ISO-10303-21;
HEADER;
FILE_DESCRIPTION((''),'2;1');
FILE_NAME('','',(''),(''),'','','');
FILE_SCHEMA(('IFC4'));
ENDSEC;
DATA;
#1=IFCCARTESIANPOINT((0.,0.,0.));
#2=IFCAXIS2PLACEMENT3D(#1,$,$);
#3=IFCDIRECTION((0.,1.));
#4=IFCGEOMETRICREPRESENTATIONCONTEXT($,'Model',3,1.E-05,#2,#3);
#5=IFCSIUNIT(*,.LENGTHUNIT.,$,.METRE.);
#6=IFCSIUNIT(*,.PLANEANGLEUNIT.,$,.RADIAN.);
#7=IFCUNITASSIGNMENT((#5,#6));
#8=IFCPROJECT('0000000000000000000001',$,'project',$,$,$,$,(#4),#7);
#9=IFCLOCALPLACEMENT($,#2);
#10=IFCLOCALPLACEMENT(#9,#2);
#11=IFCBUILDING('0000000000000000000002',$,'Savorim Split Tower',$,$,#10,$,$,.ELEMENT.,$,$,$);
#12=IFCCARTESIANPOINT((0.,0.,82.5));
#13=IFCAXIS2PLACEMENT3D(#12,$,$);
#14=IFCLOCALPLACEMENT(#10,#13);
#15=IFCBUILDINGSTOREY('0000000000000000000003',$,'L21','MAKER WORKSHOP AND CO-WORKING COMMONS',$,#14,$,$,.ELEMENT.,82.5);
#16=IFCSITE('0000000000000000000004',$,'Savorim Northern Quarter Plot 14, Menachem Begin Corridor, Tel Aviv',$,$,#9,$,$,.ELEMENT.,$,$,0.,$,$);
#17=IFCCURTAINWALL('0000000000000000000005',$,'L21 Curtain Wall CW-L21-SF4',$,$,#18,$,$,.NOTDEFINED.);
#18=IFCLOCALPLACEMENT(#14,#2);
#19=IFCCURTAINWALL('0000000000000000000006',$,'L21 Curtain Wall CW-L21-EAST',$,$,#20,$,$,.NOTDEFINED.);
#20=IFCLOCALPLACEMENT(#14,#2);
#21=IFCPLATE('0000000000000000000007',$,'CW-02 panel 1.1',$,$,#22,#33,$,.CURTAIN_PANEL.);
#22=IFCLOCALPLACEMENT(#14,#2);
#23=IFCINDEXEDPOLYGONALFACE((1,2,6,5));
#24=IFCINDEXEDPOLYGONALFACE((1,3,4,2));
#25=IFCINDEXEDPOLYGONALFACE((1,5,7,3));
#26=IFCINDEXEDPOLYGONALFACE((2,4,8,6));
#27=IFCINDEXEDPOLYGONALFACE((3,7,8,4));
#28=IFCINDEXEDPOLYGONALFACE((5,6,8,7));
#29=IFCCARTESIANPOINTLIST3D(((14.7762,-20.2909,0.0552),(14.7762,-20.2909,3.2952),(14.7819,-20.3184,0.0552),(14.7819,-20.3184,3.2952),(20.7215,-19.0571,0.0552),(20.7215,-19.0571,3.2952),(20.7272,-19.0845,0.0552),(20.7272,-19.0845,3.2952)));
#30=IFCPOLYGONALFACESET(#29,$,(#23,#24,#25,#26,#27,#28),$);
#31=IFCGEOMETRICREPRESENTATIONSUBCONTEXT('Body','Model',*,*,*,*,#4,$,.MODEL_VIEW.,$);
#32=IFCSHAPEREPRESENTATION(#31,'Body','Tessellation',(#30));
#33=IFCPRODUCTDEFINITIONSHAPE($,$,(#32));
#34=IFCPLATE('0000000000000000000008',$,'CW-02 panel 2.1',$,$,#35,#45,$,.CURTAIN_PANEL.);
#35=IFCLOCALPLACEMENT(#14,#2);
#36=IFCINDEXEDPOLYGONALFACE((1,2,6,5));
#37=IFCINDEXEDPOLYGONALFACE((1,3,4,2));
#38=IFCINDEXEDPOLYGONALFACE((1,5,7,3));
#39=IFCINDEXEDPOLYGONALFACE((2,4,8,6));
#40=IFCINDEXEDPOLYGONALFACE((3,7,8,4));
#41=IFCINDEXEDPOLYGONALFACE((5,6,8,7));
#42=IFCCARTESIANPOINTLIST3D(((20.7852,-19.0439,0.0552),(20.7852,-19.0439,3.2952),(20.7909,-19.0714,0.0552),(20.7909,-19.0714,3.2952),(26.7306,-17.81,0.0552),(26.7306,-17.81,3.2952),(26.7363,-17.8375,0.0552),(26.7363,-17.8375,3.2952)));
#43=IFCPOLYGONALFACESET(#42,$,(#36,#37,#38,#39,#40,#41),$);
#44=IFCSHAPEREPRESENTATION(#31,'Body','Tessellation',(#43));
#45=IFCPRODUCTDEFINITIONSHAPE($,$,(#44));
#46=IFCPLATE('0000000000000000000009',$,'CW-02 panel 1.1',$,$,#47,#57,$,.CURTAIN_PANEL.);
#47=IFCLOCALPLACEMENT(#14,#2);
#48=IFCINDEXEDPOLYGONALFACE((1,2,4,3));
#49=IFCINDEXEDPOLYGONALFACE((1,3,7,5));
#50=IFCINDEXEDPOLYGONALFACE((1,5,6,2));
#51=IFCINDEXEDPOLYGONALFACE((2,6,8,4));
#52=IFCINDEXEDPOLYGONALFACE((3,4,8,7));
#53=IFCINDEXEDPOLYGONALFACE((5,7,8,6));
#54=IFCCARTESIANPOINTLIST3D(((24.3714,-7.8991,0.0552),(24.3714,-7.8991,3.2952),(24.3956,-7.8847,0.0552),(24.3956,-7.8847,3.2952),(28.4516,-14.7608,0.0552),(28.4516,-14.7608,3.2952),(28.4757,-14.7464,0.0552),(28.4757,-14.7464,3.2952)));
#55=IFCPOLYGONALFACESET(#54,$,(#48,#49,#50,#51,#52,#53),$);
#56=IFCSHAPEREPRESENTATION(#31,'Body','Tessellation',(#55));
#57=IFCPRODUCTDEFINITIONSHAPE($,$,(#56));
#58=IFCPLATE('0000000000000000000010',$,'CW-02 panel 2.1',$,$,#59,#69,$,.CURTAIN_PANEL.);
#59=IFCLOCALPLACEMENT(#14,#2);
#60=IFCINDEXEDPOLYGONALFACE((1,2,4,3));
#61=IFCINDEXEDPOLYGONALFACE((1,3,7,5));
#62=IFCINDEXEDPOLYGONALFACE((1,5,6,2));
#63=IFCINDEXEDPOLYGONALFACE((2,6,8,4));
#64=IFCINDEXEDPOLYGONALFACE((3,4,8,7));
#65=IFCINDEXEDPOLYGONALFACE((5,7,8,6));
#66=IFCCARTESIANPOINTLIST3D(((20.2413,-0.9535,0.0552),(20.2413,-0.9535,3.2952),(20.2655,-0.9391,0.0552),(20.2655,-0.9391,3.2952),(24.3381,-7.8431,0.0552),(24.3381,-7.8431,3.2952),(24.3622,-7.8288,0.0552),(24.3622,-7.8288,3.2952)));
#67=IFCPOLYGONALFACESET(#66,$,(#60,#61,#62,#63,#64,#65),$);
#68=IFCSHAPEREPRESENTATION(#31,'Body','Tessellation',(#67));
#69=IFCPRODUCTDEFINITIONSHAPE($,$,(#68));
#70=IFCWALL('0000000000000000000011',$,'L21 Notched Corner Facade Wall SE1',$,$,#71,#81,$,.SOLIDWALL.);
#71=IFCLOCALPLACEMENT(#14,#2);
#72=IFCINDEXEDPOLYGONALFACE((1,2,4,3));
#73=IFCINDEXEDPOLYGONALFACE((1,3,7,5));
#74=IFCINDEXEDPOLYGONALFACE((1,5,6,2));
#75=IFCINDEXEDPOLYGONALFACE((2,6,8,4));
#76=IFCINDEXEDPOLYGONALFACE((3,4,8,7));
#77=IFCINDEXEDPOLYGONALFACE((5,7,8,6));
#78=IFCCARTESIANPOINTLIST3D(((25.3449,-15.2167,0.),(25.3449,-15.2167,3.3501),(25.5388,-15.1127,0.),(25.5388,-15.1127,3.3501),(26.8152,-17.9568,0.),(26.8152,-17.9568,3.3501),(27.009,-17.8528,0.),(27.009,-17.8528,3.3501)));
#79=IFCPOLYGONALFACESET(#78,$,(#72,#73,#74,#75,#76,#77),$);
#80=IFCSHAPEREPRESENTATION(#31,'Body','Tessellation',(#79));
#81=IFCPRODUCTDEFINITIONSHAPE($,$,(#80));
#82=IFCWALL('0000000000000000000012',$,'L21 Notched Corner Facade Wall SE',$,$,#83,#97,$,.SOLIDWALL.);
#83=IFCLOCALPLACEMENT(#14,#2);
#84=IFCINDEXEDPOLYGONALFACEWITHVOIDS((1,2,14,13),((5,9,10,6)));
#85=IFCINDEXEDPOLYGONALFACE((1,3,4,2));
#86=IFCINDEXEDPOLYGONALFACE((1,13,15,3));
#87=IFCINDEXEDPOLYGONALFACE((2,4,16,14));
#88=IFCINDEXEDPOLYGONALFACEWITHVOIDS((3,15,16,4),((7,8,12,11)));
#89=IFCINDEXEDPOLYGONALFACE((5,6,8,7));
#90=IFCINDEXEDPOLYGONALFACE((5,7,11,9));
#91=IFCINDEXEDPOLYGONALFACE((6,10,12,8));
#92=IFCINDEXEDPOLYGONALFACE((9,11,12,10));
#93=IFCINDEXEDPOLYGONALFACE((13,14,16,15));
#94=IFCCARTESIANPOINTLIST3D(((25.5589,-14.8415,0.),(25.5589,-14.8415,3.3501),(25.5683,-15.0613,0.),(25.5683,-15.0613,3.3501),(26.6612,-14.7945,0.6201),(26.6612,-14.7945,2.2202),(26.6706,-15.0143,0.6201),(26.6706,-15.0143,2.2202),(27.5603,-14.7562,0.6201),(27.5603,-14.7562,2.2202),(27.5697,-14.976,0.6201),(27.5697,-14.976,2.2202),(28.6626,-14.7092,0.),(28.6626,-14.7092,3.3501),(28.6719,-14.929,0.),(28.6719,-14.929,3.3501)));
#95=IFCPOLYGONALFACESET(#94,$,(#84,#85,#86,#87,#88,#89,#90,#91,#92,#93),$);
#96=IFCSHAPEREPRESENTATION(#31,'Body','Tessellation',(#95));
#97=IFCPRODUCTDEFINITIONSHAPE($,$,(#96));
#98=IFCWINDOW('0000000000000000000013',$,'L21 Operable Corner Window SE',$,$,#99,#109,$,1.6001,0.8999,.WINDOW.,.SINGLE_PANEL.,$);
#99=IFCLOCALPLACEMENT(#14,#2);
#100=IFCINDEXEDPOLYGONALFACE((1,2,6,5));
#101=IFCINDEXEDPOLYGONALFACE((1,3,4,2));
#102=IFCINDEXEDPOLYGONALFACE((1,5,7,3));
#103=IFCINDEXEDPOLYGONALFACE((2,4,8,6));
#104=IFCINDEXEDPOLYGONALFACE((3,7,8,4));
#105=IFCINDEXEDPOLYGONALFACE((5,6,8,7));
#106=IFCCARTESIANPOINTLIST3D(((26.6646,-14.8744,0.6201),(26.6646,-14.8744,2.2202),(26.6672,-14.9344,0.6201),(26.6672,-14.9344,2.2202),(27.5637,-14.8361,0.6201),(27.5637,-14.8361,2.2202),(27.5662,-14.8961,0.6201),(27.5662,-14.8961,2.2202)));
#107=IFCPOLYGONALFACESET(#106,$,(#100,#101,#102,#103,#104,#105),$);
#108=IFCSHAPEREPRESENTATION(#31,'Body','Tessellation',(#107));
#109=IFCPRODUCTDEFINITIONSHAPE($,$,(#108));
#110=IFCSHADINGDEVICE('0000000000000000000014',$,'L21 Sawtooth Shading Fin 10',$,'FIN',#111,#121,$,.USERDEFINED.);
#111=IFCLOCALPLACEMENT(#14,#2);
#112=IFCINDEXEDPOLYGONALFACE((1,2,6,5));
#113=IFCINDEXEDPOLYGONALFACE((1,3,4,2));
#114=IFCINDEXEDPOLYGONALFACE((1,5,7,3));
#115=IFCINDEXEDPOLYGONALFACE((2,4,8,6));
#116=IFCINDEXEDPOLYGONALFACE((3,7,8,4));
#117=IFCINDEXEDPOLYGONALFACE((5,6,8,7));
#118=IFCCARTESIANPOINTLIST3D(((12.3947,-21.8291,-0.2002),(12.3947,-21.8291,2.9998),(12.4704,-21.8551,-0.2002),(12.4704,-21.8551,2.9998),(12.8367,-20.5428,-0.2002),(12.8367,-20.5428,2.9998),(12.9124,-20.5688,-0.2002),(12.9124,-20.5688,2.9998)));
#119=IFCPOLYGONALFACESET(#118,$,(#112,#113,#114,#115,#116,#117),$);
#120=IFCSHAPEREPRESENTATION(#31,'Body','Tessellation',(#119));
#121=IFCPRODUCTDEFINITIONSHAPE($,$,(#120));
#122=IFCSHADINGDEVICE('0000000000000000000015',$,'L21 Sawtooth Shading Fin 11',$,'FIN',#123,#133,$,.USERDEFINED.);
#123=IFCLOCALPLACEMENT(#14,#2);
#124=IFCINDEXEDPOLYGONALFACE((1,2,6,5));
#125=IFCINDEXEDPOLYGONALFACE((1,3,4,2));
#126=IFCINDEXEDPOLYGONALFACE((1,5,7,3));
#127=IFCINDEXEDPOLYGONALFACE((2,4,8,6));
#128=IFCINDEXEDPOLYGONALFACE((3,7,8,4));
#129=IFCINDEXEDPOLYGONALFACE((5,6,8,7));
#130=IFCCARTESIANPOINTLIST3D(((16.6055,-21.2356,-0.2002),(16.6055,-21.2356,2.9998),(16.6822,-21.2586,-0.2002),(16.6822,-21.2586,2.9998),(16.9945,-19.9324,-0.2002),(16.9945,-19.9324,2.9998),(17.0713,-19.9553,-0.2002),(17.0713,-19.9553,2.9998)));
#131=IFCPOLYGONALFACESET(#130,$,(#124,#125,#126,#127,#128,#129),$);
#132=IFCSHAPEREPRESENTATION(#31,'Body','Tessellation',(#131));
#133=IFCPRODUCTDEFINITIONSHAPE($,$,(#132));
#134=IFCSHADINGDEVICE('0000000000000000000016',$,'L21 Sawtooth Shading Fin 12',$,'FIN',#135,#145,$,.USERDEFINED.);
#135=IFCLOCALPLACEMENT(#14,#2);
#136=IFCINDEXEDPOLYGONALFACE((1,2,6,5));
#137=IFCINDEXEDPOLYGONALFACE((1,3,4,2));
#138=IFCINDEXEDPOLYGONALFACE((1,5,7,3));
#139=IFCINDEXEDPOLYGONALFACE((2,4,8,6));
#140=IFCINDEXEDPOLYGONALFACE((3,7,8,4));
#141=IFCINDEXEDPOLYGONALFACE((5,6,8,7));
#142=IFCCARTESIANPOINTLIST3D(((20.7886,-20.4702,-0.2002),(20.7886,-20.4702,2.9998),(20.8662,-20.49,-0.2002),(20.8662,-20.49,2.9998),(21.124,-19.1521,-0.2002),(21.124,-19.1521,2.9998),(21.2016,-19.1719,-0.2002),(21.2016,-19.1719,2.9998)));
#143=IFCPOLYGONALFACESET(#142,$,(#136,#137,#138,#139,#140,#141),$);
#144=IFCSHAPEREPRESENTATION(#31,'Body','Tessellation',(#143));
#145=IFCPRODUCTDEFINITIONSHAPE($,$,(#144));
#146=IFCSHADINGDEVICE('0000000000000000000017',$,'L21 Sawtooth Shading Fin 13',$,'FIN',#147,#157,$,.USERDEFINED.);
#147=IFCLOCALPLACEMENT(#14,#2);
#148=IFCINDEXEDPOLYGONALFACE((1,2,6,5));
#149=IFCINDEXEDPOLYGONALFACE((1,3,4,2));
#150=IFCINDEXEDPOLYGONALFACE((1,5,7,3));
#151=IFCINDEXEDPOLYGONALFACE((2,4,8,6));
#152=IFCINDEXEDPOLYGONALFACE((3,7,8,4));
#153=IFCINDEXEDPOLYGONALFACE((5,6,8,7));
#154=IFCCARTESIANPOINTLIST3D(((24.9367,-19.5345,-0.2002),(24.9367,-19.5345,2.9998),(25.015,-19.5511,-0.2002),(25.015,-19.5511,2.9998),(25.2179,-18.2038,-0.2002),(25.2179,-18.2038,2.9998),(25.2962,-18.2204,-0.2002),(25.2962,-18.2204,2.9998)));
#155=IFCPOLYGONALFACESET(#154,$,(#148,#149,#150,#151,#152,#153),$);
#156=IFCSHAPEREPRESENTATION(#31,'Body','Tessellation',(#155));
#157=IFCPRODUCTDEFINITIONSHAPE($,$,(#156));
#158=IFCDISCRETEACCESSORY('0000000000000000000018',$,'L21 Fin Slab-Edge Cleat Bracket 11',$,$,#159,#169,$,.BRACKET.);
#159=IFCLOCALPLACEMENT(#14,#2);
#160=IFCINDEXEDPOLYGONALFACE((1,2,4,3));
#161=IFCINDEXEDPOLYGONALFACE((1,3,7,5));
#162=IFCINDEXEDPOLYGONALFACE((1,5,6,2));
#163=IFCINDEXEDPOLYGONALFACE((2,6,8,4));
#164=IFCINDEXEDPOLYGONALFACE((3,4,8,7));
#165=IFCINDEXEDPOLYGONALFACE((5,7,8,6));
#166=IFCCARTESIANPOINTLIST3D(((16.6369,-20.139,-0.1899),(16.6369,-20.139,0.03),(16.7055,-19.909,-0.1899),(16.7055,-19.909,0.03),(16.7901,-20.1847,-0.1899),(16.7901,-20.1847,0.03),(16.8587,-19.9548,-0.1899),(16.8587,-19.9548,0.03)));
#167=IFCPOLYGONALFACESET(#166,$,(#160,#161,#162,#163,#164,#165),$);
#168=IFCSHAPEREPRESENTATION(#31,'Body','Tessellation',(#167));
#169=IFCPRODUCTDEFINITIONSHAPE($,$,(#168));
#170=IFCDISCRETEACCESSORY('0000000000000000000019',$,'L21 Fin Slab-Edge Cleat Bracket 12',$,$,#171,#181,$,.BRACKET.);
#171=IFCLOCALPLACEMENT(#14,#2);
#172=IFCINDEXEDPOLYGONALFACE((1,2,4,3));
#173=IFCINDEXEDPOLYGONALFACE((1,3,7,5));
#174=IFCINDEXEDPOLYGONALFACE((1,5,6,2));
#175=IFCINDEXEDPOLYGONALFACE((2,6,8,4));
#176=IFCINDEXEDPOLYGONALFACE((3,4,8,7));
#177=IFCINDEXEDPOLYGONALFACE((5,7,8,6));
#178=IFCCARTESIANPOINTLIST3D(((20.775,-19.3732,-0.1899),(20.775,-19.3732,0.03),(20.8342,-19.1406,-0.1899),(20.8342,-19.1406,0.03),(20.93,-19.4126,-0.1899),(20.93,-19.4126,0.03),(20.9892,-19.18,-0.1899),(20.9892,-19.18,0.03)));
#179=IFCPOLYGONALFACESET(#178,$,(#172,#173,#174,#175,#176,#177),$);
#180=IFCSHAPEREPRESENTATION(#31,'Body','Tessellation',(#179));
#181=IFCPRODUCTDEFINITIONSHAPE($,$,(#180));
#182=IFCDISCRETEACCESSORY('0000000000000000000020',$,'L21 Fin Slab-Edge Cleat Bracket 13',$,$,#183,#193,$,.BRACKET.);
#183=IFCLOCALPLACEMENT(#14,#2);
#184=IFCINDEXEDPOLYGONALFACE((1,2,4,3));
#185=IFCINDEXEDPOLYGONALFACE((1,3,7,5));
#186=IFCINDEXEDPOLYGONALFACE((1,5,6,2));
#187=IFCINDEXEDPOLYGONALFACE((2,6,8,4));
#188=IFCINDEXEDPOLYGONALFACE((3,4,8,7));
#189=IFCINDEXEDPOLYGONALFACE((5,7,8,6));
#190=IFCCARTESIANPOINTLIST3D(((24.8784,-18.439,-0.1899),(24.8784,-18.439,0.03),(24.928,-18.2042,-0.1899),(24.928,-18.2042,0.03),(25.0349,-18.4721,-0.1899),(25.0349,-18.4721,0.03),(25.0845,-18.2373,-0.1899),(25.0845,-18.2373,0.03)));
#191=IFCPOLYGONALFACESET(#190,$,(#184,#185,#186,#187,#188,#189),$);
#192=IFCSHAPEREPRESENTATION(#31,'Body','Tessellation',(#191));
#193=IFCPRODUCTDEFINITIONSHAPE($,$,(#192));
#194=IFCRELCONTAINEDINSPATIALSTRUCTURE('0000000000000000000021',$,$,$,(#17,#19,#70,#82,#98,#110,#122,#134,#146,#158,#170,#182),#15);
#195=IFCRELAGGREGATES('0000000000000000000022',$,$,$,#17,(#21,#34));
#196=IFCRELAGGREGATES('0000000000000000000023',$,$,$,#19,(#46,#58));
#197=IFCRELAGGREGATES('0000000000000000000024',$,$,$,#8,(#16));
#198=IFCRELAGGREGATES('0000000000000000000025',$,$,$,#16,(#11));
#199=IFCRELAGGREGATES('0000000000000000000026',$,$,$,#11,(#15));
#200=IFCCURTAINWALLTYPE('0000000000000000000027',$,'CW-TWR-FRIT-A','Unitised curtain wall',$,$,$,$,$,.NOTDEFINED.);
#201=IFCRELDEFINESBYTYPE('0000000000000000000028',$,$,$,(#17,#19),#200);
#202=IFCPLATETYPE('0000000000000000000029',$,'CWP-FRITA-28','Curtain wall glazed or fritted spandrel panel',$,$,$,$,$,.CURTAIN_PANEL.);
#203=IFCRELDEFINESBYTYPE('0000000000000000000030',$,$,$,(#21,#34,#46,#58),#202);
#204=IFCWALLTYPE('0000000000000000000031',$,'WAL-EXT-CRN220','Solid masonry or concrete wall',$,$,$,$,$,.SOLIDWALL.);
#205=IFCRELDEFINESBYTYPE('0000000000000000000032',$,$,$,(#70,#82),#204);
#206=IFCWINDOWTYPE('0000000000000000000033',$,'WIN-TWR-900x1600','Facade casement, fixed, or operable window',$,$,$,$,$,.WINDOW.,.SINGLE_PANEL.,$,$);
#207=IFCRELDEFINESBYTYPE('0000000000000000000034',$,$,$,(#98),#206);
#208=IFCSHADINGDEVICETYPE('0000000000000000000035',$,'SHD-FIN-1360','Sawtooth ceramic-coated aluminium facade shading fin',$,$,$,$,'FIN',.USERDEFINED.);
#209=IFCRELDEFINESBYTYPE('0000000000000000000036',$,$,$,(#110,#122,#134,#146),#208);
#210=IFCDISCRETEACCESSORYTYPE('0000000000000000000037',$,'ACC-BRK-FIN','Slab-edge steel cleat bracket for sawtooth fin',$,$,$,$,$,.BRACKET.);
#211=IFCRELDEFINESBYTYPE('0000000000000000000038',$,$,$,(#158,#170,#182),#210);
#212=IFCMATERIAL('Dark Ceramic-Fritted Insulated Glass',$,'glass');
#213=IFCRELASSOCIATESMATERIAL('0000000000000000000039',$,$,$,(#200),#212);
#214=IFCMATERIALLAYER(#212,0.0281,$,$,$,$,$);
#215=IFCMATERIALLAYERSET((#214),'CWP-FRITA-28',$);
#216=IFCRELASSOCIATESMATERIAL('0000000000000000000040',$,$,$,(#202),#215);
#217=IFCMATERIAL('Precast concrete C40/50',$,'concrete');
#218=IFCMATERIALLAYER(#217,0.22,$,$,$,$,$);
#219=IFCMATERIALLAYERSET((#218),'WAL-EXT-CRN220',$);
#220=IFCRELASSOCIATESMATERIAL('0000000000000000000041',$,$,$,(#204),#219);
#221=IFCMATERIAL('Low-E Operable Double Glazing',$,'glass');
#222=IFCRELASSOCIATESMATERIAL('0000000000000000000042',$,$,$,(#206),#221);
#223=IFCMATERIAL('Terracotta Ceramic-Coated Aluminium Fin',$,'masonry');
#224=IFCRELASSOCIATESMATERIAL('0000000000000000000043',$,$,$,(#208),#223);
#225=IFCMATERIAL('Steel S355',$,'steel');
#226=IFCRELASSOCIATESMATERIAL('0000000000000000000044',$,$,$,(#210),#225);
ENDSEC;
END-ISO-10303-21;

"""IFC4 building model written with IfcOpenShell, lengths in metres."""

from ifc_helpers import new_model, si_unit, direction, frame, frame_2d, origin, origin_2d, place, context, subcontext, project, spatial, rectangle, extrude, material, layer, layer_set, type_object, element, fill, aggregate, save


model = new_model("IFC4")

# Units and contexts
model_context = context("Model", 3, precision=1e-05, world=origin(), true_north=direction((0.0, 1.0)))
body_context = subcontext(model_context, "Body", "Model", "MODEL_VIEW")
ifc_project = project(units=[si_unit("LENGTHUNIT", "METRE"), si_unit("PLANEANGLEUNIT", "RADIAN")], contexts=[model_context])

# Site, building, storey
site_placement = place(None, origin())
site = spatial("IfcSite", under=ifc_project, at=site_placement, Name="Savorim Northern Quarter Plot 14, Menachem Begin Corridor, Tel Aviv", CompositionType="ELEMENT", RefElevation=0.0)
building_placement = place(site_placement, origin())
building = spatial("IfcBuilding", under=site, at=building_placement, Name="Savorim Split Tower", CompositionType="ELEMENT")
storey_placement = place(building_placement, frame((0.0, 0.0, 82.5)))
storey = spatial("IfcBuildingStorey", under=building, at=storey_placement, Name="L21", Description="MAKER WORKSHOP AND CO-WORKING COMMONS", CompositionType="ELEMENT", Elevation=82.5)

# Shared definitions
ifc_material_1 = material(Name="Steel S355", Category="steel")

# Shared definitions
ifc_material_2 = material(Name="Dark Ceramic-Fritted Insulated Glass", Category="glass")
curtain_wall_type = type_object("IfcCurtainWallType", Name="CW-TWR-FRIT-A", Description="Unitised curtain wall", PredefinedType="NOTDEFINED", material=ifc_material_2)

# Curtain walls
curtain_wall_1_placement = place(storey_placement, origin())
curtain_wall_1 = element("IfcCurtainWall", 1, at=curtain_wall_1_placement, inside=storey, type_object=curtain_wall_type, Name="L21 Curtain Wall CW-L21-SF4", PredefinedType="NOTDEFINED")
curtain_wall_2_placement = place(storey_placement, origin())
curtain_wall_2 = element("IfcCurtainWall", 2, at=curtain_wall_2_placement, inside=storey, type_object=curtain_wall_type, Name="L21 Curtain Wall CW-L21-EAST", PredefinedType="NOTDEFINED")

# Plates
ifc_layer_1 = layer(ifc_material_2, 0.0281)
ifc_layer_set_1 = layer_set([ifc_layer_1], Name="CWP-FRITA-28")
plate_type = type_object("IfcPlateType", Name="CWP-FRITA-28", Description="Curtain wall glazed or fritted spandrel panel", PredefinedType="CURTAIN_PANEL", material=ifc_layer_set_1)
plate_1_placement = place(storey_placement, frame((17.7517, -19.6877, 0.0552), z_axis=(0.0, 0.0, 1.0), x_axis=(0.979135, 0.20321, 0.0)))
plate_1 = element("IfcPlate", 3, at=plate_1_placement, type_object=plate_type, Name="CW-02 panel 1.1", PredefinedType="CURTAIN_PANEL", context=body_context, shape_type="SweptSolid", body=[
    extrude(rectangle(XDim=6.072, YDim=0.0281, at=origin_2d()), origin(), (0.0, 0.0, 1.0), 3.24),
])
plate_2_placement = place(storey_placement, frame((23.7607, -18.4407, 0.0552), z_axis=(0.0, 0.0, 1.0), x_axis=(0.979135, 0.20321, 0.0)))
plate_2 = element("IfcPlate", 4, at=plate_2_placement, type_object=plate_type, Name="CW-02 panel 2.1", PredefinedType="CURTAIN_PANEL", context=body_context, shape_type="SweptSolid", body=[
    extrude(rectangle(XDim=6.072, YDim=0.0281, at=origin_2d()), origin(), (0.0, 0.0, 1.0), 3.24),
])
aggregate(curtain_wall_1, [plate_1, plate_2])
plate_3_placement = place(storey_placement, frame((26.4236, -11.3228, 0.0552), z_axis=(0.0, 0.0, 1.0), x_axis=(-0.511094, 0.859525, 0.0)))
plate_3 = element("IfcPlate", 5, at=plate_3_placement, type_object=plate_type, Name="CW-02 panel 1.1", PredefinedType="CURTAIN_PANEL", context=body_context, shape_type="SweptSolid", body=[
    extrude(rectangle(XDim=7.9832, YDim=0.0281, at=origin_2d()), origin(), (0.0, 0.0, 1.0), 3.24),
])
plate_4_placement = place(storey_placement, frame((22.3018, -4.3911, 0.0552), z_axis=(0.0, 0.0, 1.0), x_axis=(-0.511094, 0.859525, 0.0)))
plate_4 = element("IfcPlate", 6, at=plate_4_placement, type_object=plate_type, Name="CW-02 panel 2.1", PredefinedType="CURTAIN_PANEL", context=body_context, shape_type="SweptSolid", body=[
    extrude(rectangle(XDim=8.0156, YDim=0.0281, at=origin_2d()), origin(), (0.0, 0.0, 1.0), 3.24),
])
aggregate(curtain_wall_2, [plate_3, plate_4])

# Wall
ifc_material_3 = material(Name="Precast concrete C40/50", Category="concrete")
ifc_layer_2 = layer(ifc_material_3, 0.22)
ifc_layer_set_2 = layer_set([ifc_layer_2], Name="WAL-EXT-CRN220")
wall_type = type_object("IfcWallType", Name="WAL-EXT-CRN220", Description="Solid masonry or concrete wall", PredefinedType="SOLIDWALL", material=ifc_layer_set_2)
wall_1_placement = place(storey_placement, frame((25.4419, -15.1648, 0.0), z_axis=(0.0, 0.0, 1.0), x_axis=(0.472812, -0.881163, 0.0)))
element("IfcWall", 7, at=wall_1_placement, inside=storey, type_object=wall_type, Name="L21 Notched Corner Facade Wall SE1", PredefinedType="SOLIDWALL", context=body_context, shape_type="SweptSolid", body=[
    extrude(rectangle(XDim=3.1096, YDim=0.22, at=frame_2d((1.5547, 0.0))), origin(), (0.0, 0.0, 1.0), 3.3501),
])

# Wall, opening, window
wall_2_placement = place(storey_placement, frame((28.6672, -14.8191, 0.0), z_axis=(0.0, 0.0, 1.0), x_axis=(-0.999092, -0.042598, 0.0)))
wall_2 = element("IfcWall", 8, at=wall_2_placement, inside=storey, type_object=wall_type, Name="L21 Notched Corner Facade Wall SE", PredefinedType="SOLIDWALL", context=body_context, shape_type="SweptSolid", body=[
    extrude(rectangle(XDim=3.1064, YDim=0.22, at=frame_2d((1.5532, 0.0))), origin(), (0.0, 0.0, 1.0), 3.3501),
])
opening_placement = place(wall_2_placement, frame((1.1033, 0.0, 0.6201)))
opening = element("IfcOpeningElement", 9, at=opening_placement, cuts=wall_2, PredefinedType="OPENING", context=body_context, shape_type="SweptSolid", body=[
    extrude(rectangle(XDim=0.8999, YDim=1.6001, at=frame_2d((0.45, 0.8))), frame((0.0, 0.1199, 0.0), z_axis=(0.0, -1.0, 0.0), x_axis=(1.0, 0.0, 0.0)), (0.0, 0.0, 1.0), 0.24),
])
ifc_material_4 = material(Name="Low-E Operable Double Glazing", Category="glass")
window_type = type_object("IfcWindowType", Name="WIN-TWR-900x1600", Description="Facade casement, fixed, or operable window", PartitioningType="SINGLE_PANEL", PredefinedType="WINDOW", material=ifc_material_4)
window_placement = place(opening_placement, origin())
window = element("IfcWindow", 10, at=window_placement, inside=storey, type_object=window_type, Name="L21 Operable Corner Window SE", OverallHeight=1.6001, OverallWidth=0.8999, PartitioningType="SINGLE_PANEL", PredefinedType="WINDOW", context=body_context, shape_type="SweptSolid", body=[
    extrude(rectangle(XDim=0.8999, YDim=1.6001, at=frame_2d((0.45, 0.8))), frame((0.0, 0.03, 0.0), z_axis=(0.0, -1.0, 0.0), x_axis=(1.0, 0.0, 0.0)), (0.0, 0.0, 1.0), 0.0601),
])
fill(opening, window)

# Shading devices
ifc_material_5 = material(Name="Terracotta Ceramic-Coated Aluminium Fin", Category="masonry")
shading_device_type = type_object("IfcShadingDeviceType", Name="SHD-FIN-1360", Description="Sawtooth ceramic-coated aluminium facade shading fin", ElementType="FIN", PredefinedType="USERDEFINED", material=ifc_material_5)
for number, where, z_axis, x_axis, name in (
    (11, (12.6536, -21.199, -0.2002), (0.0, 0.0, 1.0), (-0.324994, -0.945716, 0.0), "L21 Sawtooth Shading Fin 10"),
    (12, (16.8384, -20.5955, -0.2002), (0.0, 0.0, 1.0), (-0.286026, -0.958222, 0.0), "L21 Sawtooth Shading Fin 11"),
    (13, (20.9951, -19.821, -0.2002), (0.0, 0.0, 1.0), (-0.246581, -0.969122, 0.0), "L21 Sawtooth Shading Fin 12"),
    (14, (25.1165, -18.8774, -0.2002), (0.0, 0.0, 1.0), (-0.206722, -0.9784, 0.0), "L21 Sawtooth Shading Fin 13"),
):
    element("IfcShadingDevice", number, at=place(storey_placement, frame(where, z_axis=z_axis, x_axis=x_axis)), inside=storey, type_object=shading_device_type, Name=name, ObjectType="FIN", PredefinedType="USERDEFINED", context=body_context, shape_type="SweptSolid", body=[
        extrude(rectangle(XDim=1.3601, YDim=0.0801, at=origin_2d()), origin(), (0.0, 0.0, 1.0), 3.2),
    ])

# Discrete accessories
discrete_accessory_type = type_object("IfcDiscreteAccessoryType", Name="ACC-BRK-FIN", Description="Slab-edge steel cleat bracket for sawtooth fin", PredefinedType="BRACKET", material=ifc_material_1)
for number, where, z_axis, x_axis, name in (
    (15, (16.7478, -20.0469, -0.1899), (0.0, 0.0, 1.0), (-0.286026, -0.958222, 0.0), "L21 Fin Slab-Edge Cleat Bracket 11"),
    (16, (20.8821, -19.2766, -0.1899), (0.0, 0.0, 1.0), (-0.246581, -0.969122, 0.0), "L21 Fin Slab-Edge Cleat Bracket 12"),
    (17, (24.9814, -18.3381, -0.1899), (0.0, 0.0, 1.0), (-0.206722, -0.9784, 0.0), "L21 Fin Slab-Edge Cleat Bracket 13"),
):
    element("IfcDiscreteAccessory", number, at=place(storey_placement, frame(where, z_axis=z_axis, x_axis=x_axis)), inside=storey, type_object=discrete_accessory_type, Name=name, PredefinedType="BRACKET", context=body_context, shape_type="SweptSolid", body=[
        extrude(rectangle(XDim=0.24, YDim=0.1599, at=origin_2d()), origin(), (0.0, 0.0, 1.0), 0.22),
    ])

save(model, "model.ifc")
